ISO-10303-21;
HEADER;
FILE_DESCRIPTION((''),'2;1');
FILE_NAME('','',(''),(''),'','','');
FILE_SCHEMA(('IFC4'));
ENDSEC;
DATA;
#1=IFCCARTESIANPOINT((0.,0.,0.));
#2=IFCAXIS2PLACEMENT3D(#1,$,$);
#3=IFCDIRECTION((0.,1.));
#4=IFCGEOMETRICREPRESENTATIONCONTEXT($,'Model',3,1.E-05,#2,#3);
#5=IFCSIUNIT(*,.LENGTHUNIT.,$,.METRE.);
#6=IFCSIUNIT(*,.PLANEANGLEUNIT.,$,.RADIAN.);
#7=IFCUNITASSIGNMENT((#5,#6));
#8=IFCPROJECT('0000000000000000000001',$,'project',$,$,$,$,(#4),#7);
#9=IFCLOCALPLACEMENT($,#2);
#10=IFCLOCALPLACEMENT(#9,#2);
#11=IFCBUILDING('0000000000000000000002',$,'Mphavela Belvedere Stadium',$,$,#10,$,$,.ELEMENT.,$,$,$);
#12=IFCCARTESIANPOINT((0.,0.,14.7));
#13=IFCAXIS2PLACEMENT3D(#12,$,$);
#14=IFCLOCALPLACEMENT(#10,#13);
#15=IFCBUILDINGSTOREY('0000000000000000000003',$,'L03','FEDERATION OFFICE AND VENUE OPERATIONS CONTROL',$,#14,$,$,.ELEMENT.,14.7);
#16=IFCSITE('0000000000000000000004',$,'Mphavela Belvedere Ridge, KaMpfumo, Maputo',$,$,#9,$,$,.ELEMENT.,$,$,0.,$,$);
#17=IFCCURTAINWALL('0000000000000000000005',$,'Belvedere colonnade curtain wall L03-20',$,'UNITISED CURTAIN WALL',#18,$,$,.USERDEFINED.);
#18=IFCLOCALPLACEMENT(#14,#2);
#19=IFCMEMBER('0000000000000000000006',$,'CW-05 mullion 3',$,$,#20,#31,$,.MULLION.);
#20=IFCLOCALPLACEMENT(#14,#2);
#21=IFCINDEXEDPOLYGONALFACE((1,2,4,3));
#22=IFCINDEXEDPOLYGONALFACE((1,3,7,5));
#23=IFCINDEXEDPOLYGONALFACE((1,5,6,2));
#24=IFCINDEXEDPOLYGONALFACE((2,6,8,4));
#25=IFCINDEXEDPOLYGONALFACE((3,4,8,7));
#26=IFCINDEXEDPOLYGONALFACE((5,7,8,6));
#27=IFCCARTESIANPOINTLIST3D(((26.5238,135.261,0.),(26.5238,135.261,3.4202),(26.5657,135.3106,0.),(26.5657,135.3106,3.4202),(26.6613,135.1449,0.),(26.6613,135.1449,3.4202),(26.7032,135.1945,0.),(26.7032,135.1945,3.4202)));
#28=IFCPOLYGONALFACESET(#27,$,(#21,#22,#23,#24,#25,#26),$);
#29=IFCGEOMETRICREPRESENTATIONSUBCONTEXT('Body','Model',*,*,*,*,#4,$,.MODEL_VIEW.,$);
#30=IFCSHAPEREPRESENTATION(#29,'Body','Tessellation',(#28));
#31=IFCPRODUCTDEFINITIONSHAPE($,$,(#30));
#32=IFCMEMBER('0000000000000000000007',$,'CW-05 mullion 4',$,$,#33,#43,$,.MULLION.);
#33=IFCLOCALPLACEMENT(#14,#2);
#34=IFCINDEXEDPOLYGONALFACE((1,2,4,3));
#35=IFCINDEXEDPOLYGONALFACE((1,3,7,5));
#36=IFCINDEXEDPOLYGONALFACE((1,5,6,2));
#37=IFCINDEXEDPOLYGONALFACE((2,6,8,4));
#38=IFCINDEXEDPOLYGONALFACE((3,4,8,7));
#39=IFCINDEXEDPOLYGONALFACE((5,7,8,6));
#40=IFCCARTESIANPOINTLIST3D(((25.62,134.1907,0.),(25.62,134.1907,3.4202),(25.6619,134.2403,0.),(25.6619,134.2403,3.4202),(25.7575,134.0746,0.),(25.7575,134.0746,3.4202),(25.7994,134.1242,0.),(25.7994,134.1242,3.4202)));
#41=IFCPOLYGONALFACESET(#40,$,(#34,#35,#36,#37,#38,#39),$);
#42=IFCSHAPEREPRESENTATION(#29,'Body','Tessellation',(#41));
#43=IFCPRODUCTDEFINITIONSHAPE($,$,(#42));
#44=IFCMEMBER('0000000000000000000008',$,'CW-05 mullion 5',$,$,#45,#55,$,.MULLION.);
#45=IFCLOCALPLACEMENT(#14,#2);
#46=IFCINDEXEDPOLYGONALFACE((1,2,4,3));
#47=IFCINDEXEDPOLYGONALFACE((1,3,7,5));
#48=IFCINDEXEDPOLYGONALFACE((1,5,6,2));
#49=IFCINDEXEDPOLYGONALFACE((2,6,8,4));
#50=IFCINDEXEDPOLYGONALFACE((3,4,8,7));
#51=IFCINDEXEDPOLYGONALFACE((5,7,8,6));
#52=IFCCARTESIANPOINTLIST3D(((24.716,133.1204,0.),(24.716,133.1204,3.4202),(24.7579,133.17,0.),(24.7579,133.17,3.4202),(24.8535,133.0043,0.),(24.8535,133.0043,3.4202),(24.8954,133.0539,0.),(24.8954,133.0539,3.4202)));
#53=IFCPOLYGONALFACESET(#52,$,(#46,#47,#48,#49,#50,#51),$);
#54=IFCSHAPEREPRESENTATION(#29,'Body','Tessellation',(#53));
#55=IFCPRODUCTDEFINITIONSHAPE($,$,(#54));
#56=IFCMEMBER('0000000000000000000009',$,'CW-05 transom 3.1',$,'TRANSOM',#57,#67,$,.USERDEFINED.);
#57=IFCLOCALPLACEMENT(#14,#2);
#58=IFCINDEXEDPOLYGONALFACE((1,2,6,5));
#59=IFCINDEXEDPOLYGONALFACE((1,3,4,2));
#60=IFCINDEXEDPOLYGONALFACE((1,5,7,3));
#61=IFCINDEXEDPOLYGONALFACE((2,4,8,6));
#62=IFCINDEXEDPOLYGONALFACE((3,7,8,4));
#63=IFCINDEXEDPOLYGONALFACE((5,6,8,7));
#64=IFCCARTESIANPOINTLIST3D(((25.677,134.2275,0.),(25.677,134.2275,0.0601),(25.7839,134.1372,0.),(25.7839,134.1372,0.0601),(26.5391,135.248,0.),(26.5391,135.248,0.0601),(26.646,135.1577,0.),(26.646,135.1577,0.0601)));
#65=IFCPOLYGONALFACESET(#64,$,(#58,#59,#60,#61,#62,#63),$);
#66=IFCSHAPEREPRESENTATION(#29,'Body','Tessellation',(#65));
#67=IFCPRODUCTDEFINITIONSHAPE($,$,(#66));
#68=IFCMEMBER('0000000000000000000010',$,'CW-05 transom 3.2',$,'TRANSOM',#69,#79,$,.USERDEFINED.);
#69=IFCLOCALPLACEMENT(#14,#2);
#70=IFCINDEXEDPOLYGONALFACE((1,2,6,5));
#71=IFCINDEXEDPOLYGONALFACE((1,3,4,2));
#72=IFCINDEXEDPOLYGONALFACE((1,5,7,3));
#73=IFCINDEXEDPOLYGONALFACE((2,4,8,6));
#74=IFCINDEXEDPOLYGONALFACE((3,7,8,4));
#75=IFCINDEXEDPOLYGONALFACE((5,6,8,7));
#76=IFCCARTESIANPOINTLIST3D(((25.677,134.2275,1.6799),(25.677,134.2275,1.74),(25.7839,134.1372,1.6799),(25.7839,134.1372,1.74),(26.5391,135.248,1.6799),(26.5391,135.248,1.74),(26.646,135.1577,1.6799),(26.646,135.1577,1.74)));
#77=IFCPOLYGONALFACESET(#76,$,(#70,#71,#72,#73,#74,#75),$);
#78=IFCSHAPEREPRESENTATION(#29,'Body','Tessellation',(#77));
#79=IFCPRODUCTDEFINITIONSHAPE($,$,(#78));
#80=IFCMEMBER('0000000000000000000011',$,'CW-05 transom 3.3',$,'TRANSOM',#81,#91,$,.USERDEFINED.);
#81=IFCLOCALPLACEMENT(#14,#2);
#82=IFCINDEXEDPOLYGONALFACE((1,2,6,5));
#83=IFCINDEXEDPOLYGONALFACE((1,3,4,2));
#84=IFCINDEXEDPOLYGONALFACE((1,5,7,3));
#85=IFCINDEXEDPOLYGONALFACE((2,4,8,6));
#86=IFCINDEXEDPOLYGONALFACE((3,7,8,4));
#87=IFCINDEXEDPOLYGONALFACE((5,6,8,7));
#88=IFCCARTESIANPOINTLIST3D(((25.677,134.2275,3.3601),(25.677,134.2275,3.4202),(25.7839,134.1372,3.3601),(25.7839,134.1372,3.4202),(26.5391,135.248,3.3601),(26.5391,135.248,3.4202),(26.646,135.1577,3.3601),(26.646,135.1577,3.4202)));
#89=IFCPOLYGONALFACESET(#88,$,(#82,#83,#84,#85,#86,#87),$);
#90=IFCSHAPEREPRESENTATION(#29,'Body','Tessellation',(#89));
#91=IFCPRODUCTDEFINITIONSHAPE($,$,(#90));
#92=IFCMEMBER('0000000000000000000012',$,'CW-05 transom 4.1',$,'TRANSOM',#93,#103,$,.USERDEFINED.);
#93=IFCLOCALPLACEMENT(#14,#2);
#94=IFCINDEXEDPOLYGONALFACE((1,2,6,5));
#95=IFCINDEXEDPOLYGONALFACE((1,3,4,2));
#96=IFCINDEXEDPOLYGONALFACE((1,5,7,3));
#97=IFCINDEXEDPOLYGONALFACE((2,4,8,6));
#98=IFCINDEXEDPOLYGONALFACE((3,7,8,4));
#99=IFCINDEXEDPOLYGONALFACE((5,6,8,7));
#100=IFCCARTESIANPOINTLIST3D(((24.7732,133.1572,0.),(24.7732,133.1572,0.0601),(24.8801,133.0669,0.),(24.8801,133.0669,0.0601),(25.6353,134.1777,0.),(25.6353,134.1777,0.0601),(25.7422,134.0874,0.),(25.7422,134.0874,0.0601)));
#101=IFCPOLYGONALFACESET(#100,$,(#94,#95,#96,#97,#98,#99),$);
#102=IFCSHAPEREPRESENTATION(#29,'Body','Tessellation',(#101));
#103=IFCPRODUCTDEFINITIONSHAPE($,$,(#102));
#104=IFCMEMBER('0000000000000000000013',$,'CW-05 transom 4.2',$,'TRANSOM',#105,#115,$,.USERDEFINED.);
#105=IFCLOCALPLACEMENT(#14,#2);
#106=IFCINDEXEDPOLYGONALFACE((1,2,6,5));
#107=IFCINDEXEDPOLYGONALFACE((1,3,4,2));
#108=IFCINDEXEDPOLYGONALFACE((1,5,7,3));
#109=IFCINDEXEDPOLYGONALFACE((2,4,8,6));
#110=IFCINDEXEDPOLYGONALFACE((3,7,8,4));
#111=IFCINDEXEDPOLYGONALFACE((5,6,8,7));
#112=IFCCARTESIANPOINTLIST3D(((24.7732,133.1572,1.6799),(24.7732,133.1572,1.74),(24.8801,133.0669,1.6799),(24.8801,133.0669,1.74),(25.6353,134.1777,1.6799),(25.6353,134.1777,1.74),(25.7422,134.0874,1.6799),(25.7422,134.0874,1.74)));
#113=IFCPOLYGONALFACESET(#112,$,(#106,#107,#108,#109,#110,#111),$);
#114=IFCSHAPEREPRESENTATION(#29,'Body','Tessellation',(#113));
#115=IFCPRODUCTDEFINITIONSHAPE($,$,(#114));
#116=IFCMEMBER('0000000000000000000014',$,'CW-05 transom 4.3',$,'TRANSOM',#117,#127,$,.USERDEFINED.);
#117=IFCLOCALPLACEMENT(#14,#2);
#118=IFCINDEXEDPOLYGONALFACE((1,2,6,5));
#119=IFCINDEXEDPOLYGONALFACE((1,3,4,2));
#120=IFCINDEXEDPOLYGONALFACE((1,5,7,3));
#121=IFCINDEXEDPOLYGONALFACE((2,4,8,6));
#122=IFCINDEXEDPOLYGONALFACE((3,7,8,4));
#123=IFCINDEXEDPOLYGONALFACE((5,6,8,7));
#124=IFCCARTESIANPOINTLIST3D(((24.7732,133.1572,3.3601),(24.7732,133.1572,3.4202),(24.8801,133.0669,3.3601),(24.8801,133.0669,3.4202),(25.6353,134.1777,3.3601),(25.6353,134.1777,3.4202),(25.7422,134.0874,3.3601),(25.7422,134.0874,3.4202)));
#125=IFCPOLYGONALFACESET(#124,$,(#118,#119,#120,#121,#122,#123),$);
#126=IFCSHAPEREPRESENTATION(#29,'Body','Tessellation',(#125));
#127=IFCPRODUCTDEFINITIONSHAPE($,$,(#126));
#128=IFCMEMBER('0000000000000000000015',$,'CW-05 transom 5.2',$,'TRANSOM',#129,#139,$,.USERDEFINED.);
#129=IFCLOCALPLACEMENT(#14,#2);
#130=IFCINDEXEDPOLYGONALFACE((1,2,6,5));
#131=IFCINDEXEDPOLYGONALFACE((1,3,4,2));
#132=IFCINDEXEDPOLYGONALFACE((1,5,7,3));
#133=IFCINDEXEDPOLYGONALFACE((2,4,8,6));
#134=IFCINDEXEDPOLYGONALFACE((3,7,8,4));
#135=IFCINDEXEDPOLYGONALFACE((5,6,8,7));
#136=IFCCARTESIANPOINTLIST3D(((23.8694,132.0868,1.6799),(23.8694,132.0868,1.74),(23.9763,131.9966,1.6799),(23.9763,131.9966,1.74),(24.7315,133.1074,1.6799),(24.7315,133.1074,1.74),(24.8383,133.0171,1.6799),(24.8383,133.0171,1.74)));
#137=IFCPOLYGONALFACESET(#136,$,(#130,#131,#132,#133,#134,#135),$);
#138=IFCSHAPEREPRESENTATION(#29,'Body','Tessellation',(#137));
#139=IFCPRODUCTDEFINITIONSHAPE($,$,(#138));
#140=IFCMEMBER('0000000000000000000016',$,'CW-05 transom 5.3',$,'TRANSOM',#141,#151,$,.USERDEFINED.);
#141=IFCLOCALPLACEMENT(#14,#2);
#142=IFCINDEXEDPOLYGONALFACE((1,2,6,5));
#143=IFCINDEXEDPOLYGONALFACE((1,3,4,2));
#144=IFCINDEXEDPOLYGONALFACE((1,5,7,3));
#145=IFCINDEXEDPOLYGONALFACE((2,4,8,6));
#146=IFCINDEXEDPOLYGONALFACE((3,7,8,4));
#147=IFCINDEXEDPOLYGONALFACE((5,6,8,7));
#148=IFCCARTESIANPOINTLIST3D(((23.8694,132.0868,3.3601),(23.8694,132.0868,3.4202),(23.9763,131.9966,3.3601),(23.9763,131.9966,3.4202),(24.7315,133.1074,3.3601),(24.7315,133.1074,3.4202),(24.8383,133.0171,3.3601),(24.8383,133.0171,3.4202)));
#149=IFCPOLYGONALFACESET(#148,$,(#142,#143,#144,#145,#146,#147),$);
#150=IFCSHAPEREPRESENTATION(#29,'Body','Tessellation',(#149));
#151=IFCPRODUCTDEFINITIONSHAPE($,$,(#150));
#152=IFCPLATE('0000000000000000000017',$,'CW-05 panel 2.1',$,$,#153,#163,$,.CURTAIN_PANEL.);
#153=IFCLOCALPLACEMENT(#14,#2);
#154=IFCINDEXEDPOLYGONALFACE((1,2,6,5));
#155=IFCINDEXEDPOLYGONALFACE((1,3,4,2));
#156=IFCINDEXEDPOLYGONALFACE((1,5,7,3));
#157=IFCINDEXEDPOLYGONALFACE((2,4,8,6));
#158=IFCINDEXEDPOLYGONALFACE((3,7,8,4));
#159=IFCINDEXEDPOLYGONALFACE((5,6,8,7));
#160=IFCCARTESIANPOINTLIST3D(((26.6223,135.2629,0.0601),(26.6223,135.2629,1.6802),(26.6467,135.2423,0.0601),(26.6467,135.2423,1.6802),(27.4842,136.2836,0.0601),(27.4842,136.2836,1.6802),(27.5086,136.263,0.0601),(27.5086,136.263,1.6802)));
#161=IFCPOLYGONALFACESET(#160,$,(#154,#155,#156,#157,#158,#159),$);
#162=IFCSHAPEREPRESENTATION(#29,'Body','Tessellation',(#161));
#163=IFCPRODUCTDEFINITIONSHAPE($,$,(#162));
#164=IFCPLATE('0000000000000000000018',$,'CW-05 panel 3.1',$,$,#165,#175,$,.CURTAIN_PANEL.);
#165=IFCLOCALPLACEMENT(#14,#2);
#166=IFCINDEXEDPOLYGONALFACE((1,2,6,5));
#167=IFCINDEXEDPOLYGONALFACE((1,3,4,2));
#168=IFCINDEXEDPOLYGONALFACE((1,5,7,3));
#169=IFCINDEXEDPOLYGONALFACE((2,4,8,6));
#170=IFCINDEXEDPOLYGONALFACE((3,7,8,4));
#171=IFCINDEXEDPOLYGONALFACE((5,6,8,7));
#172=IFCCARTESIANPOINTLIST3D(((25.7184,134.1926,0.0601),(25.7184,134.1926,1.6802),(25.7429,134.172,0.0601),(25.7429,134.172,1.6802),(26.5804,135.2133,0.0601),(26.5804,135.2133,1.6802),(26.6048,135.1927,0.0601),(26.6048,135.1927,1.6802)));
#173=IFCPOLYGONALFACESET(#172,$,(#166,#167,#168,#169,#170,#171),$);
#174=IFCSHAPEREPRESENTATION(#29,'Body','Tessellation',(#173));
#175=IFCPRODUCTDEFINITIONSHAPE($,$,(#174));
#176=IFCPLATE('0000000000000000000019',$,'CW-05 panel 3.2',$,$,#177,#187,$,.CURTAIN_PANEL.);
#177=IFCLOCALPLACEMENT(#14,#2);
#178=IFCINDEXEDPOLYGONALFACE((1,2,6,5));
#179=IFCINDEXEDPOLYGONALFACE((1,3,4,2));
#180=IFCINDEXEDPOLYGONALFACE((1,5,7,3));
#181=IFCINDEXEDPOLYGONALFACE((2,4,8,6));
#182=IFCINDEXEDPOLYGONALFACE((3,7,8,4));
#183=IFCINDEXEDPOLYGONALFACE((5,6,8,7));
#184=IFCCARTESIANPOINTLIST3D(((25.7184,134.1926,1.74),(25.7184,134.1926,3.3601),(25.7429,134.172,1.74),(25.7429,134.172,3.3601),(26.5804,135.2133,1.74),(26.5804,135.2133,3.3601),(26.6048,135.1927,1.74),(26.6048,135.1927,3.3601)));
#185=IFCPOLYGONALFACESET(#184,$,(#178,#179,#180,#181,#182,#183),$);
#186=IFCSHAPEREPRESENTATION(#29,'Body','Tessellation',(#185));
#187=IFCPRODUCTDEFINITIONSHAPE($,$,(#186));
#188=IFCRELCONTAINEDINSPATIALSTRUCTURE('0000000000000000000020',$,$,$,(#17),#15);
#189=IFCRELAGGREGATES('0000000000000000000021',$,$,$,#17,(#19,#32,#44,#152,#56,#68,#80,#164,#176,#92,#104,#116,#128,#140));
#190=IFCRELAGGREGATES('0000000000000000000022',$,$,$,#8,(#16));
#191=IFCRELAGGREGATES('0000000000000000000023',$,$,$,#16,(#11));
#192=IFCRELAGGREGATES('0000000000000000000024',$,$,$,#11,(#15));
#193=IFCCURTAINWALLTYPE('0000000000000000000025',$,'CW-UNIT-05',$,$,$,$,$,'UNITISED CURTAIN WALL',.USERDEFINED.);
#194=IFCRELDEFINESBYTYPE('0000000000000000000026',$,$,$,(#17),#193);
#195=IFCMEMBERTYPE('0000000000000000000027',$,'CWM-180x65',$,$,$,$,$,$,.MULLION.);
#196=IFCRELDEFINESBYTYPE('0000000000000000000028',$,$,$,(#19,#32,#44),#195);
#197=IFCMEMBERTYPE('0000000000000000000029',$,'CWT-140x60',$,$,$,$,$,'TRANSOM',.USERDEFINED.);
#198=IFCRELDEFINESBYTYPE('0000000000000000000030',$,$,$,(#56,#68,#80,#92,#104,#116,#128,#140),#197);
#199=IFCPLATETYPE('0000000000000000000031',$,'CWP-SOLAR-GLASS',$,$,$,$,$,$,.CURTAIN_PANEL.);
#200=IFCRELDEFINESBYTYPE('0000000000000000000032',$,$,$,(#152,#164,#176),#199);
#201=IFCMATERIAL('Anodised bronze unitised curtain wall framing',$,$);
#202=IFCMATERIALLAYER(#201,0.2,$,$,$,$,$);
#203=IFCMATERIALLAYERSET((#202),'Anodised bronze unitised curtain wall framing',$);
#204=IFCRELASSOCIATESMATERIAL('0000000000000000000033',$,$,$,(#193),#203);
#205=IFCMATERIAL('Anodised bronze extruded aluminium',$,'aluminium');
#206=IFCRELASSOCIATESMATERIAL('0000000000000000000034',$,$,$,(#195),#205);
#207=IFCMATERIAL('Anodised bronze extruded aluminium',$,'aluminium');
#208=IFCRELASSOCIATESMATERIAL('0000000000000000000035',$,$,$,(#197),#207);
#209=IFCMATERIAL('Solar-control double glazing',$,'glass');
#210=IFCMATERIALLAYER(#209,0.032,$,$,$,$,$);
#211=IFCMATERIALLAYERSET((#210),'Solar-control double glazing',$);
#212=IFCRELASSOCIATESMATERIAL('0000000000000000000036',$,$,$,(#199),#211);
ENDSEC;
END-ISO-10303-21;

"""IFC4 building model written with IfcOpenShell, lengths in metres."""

from ifc_helpers import new_model, si_unit, direction, frame, origin, origin_2d, place, context, subcontext, project, spatial, rectangle, extrude, material, layer, layer_set, material_profile, profile_set, type_object, element, aggregate, save


model = new_model("IFC4")

# Units and contexts
model_context = context("Model", 3, precision=1e-05, world=origin(), true_north=direction((0.0, 1.0)))
body_context = subcontext(model_context, "Body", "Model", "MODEL_VIEW")
ifc_project = project(units=[si_unit("LENGTHUNIT", "METRE"), si_unit("PLANEANGLEUNIT", "RADIAN")], contexts=[model_context])

# Site, building, storey
site_placement = place(None, origin())
site = spatial("IfcSite", under=ifc_project, at=site_placement, Name="Mphavela Belvedere Ridge, KaMpfumo, Maputo", CompositionType="ELEMENT", RefElevation=0.0)
building_placement = place(site_placement, origin())
building = spatial("IfcBuilding", under=site, at=building_placement, Name="Mphavela Belvedere Stadium", CompositionType="ELEMENT")
storey_placement = place(building_placement, frame((0.0, 0.0, 14.7)))
storey = spatial("IfcBuildingStorey", under=building, at=storey_placement, Name="L03", Description="FEDERATION OFFICE AND VENUE OPERATIONS CONTROL", CompositionType="ELEMENT", Elevation=14.7)

# Curtain wall, members, plates
ifc_material_1 = material(Name="Anodised bronze unitised curtain wall framing")
ifc_layer_1 = layer(ifc_material_1, 0.2)
ifc_layer_set_1 = layer_set([ifc_layer_1], Name="Anodised bronze unitised curtain wall framing")
curtain_wall_type = type_object("IfcCurtainWallType", Name="CW-UNIT-05", ElementType="UNITISED CURTAIN WALL", PredefinedType="USERDEFINED", material=ifc_layer_set_1)
curtain_wall_placement = place(storey_placement, origin())
curtain_wall = element("IfcCurtainWall", 1, at=curtain_wall_placement, inside=storey, type_object=curtain_wall_type, Name="Belvedere colonnade curtain wall L03-20", ObjectType="UNITISED CURTAIN WALL", PredefinedType="USERDEFINED")
ifc_material_2 = material(Name="Anodised bronze extruded aluminium", Category="aluminium")
ifc_material_profile_1 = material_profile(ifc_material_2, rectangle(XDim=0.1799, YDim=0.0649, at=origin_2d()), Name="CW-MUL 180x65")
ifc_profile_set_1 = profile_set([ifc_material_profile_1], Name="Anodised bronze extruded aluminium")
member_type_1 = type_object("IfcMemberType", Name="CWM-180x65", PredefinedType="MULLION", material=ifc_profile_set_1)
member_1_placement = place(storey_placement, frame((26.6135, 135.2278, 0.0), z_axis=(0.0, 0.0, 1.0), x_axis=(0.764031, -0.645179, 0.0)))
member_1 = element("IfcMember", 2, at=member_1_placement, type_object=member_type_1, Name="CW-05 mullion 3", PredefinedType="MULLION", context=body_context, shape_type="SweptSolid", body=[
    extrude(rectangle(XDim=0.1799, YDim=0.0649, at=origin_2d()), origin(), (0.0, 0.0, 1.0), 3.4202),
])
member_2_placement = place(storey_placement, frame((25.7097, 134.1575, 0.0), z_axis=(0.0, 0.0, 1.0), x_axis=(0.764031, -0.645179, 0.0)))
member_2 = element("IfcMember", 3, at=member_2_placement, type_object=member_type_1, Name="CW-05 mullion 4", PredefinedType="MULLION", context=body_context, shape_type="SweptSolid", body=[
    extrude(rectangle(XDim=0.1799, YDim=0.0649, at=origin_2d()), origin(), (0.0, 0.0, 1.0), 3.4202),
])
member_3_placement = place(storey_placement, frame((24.8057, 133.0872, 0.0), z_axis=(0.0, 0.0, 1.0), x_axis=(0.764031, -0.645179, 0.0)))
member_3 = element("IfcMember", 4, at=member_3_placement, type_object=member_type_1, Name="CW-05 mullion 5", PredefinedType="MULLION", context=body_context, shape_type="SweptSolid", body=[
    extrude(rectangle(XDim=0.1799, YDim=0.0649, at=origin_2d()), origin(), (0.0, 0.0, 1.0), 3.4202),
])
ifc_material_3 = material(Name="Anodised bronze extruded aluminium", Category="aluminium")
ifc_material_profile_2 = material_profile(ifc_material_3, rectangle(XDim=0.1399, YDim=0.0601, at=origin_2d()), Name="CW-TRN 140x60")
ifc_profile_set_2 = profile_set([ifc_material_profile_2], Name="Anodised bronze extruded aluminium")
member_type_2 = type_object("IfcMemberType", Name="CWT-140x60", ElementType="TRANSOM", PredefinedType="USERDEFINED", material=ifc_profile_set_2)
member_4_placement = place(storey_placement, frame((26.5925, 135.2029, 0.03), z_axis=(-0.645311, -0.76392, 0.0), x_axis=(0.76392, -0.645311, 0.0)))
member_4 = element("IfcMember", 5, at=member_4_placement, type_object=member_type_2, Name="CW-05 transom 3.1", ObjectType="TRANSOM", PredefinedType="USERDEFINED", context=body_context, shape_type="SweptSolid", body=[
    extrude(rectangle(XDim=0.1399, YDim=0.0601, at=origin_2d()), origin(), (0.0, 0.0, 1.0), 1.3359),
])
member_5_placement = place(storey_placement, frame((26.5925, 135.2029, 1.71), z_axis=(-0.645311, -0.76392, 0.0), x_axis=(0.76392, -0.645311, 0.0)))
member_5 = element("IfcMember", 6, at=member_5_placement, type_object=member_type_2, Name="CW-05 transom 3.2", ObjectType="TRANSOM", PredefinedType="USERDEFINED", context=body_context, shape_type="SweptSolid", body=[
    extrude(rectangle(XDim=0.1399, YDim=0.0601, at=origin_2d()), origin(), (0.0, 0.0, 1.0), 1.3359),
])
member_6_placement = place(storey_placement, frame((26.5925, 135.2029, 3.3901), z_axis=(-0.645311, -0.76392, 0.0), x_axis=(0.76392, -0.645311, 0.0)))
member_6 = element("IfcMember", 7, at=member_6_placement, type_object=member_type_2, Name="CW-05 transom 3.3", ObjectType="TRANSOM", PredefinedType="USERDEFINED", context=body_context, shape_type="SweptSolid", body=[
    extrude(rectangle(XDim=0.1399, YDim=0.0601, at=origin_2d()), origin(), (0.0, 0.0, 1.0), 1.3359),
])
member_7_placement = place(storey_placement, frame((25.6887, 134.1326, 0.03), z_axis=(-0.645311, -0.76392, 0.0), x_axis=(0.76392, -0.645311, 0.0)))
member_7 = element("IfcMember", 8, at=member_7_placement, type_object=member_type_2, Name="CW-05 transom 4.1", ObjectType="TRANSOM", PredefinedType="USERDEFINED", context=body_context, shape_type="SweptSolid", body=[
    extrude(rectangle(XDim=0.1399, YDim=0.0601, at=origin_2d()), origin(), (0.0, 0.0, 1.0), 1.3359),
])
member_8_placement = place(storey_placement, frame((25.6887, 134.1326, 1.71), z_axis=(-0.645311, -0.76392, 0.0), x_axis=(0.76392, -0.645311, 0.0)))
member_8 = element("IfcMember", 9, at=member_8_placement, type_object=member_type_2, Name="CW-05 transom 4.2", ObjectType="TRANSOM", PredefinedType="USERDEFINED", context=body_context, shape_type="SweptSolid", body=[
    extrude(rectangle(XDim=0.1399, YDim=0.0601, at=origin_2d()), origin(), (0.0, 0.0, 1.0), 1.3359),
])
member_9_placement = place(storey_placement, frame((25.6887, 134.1326, 3.3901), z_axis=(-0.645311, -0.76392, 0.0), x_axis=(0.76392, -0.645311, 0.0)))
member_9 = element("IfcMember", 10, at=member_9_placement, type_object=member_type_2, Name="CW-05 transom 4.3", ObjectType="TRANSOM", PredefinedType="USERDEFINED", context=body_context, shape_type="SweptSolid", body=[
    extrude(rectangle(XDim=0.1399, YDim=0.0601, at=origin_2d()), origin(), (0.0, 0.0, 1.0), 1.3359),
])
member_10_placement = place(storey_placement, frame((24.7849, 133.0623, 1.71), z_axis=(-0.645311, -0.76392, 0.0), x_axis=(0.76392, -0.645311, 0.0)))
member_10 = element("IfcMember", 11, at=member_10_placement, type_object=member_type_2, Name="CW-05 transom 5.2", ObjectType="TRANSOM", PredefinedType="USERDEFINED", context=body_context, shape_type="SweptSolid", body=[
    extrude(rectangle(XDim=0.1399, YDim=0.0601, at=origin_2d()), origin(), (0.0, 0.0, 1.0), 1.3359),
])
member_11_placement = place(storey_placement, frame((24.7849, 133.0623, 3.3901), z_axis=(-0.645311, -0.76392, 0.0), x_axis=(0.76392, -0.645311, 0.0)))
member_11 = element("IfcMember", 12, at=member_11_placement, type_object=member_type_2, Name="CW-05 transom 5.3", ObjectType="TRANSOM", PredefinedType="USERDEFINED", context=body_context, shape_type="SweptSolid", body=[
    extrude(rectangle(XDim=0.1399, YDim=0.0601, at=origin_2d()), origin(), (0.0, 0.0, 1.0), 1.3359),
])
ifc_material_4 = material(Name="Solar-control double glazing", Category="glass")
ifc_layer_2 = layer(ifc_material_4, 0.032)
ifc_layer_set_2 = layer_set([ifc_layer_2], Name="Solar-control double glazing")
plate_type = type_object("IfcPlateType", Name="CWP-SOLAR-GLASS", PredefinedType="CURTAIN_PANEL", material=ifc_layer_set_2)
plate_1_placement = place(storey_placement, frame((27.0654, 135.7629, 0.0601), z_axis=(0.0, 0.0, 1.0), x_axis=(-0.645179, -0.764031, 0.0)))
plate_1 = element("IfcPlate", 13, at=plate_1_placement, type_object=plate_type, Name="CW-05 panel 2.1", PredefinedType="CURTAIN_PANEL", context=body_context, shape_type="SweptSolid", body=[
    extrude(rectangle(XDim=1.3359, YDim=0.032, at=origin_2d()), origin(), (0.0, 0.0, 1.0), 1.6201),
])
plate_2_placement = place(storey_placement, frame((26.1616, 134.6926, 0.0601), z_axis=(0.0, 0.0, 1.0), x_axis=(-0.645179, -0.764031, 0.0)))
plate_2 = element("IfcPlate", 14, at=plate_2_placement, type_object=plate_type, Name="CW-05 panel 3.1", PredefinedType="CURTAIN_PANEL", context=body_context, shape_type="SweptSolid", body=[
    extrude(rectangle(XDim=1.3359, YDim=0.032, at=origin_2d()), origin(), (0.0, 0.0, 1.0), 1.6201),
])
plate_3_placement = place(storey_placement, frame((26.1616, 134.6926, 1.74), z_axis=(0.0, 0.0, 1.0), x_axis=(-0.645179, -0.764031, 0.0)))
plate_3 = element("IfcPlate", 15, at=plate_3_placement, type_object=plate_type, Name="CW-05 panel 3.2", PredefinedType="CURTAIN_PANEL", context=body_context, shape_type="SweptSolid", body=[
    extrude(rectangle(XDim=1.3359, YDim=0.032, at=origin_2d()), origin(), (0.0, 0.0, 1.0), 1.6201),
])
aggregate(curtain_wall, [member_1, member_2, member_3, plate_1, member_4, member_5, member_6, plate_2, plate_3, member_7, member_8, member_9, member_10, member_11])

save(model, "model.ifc")
